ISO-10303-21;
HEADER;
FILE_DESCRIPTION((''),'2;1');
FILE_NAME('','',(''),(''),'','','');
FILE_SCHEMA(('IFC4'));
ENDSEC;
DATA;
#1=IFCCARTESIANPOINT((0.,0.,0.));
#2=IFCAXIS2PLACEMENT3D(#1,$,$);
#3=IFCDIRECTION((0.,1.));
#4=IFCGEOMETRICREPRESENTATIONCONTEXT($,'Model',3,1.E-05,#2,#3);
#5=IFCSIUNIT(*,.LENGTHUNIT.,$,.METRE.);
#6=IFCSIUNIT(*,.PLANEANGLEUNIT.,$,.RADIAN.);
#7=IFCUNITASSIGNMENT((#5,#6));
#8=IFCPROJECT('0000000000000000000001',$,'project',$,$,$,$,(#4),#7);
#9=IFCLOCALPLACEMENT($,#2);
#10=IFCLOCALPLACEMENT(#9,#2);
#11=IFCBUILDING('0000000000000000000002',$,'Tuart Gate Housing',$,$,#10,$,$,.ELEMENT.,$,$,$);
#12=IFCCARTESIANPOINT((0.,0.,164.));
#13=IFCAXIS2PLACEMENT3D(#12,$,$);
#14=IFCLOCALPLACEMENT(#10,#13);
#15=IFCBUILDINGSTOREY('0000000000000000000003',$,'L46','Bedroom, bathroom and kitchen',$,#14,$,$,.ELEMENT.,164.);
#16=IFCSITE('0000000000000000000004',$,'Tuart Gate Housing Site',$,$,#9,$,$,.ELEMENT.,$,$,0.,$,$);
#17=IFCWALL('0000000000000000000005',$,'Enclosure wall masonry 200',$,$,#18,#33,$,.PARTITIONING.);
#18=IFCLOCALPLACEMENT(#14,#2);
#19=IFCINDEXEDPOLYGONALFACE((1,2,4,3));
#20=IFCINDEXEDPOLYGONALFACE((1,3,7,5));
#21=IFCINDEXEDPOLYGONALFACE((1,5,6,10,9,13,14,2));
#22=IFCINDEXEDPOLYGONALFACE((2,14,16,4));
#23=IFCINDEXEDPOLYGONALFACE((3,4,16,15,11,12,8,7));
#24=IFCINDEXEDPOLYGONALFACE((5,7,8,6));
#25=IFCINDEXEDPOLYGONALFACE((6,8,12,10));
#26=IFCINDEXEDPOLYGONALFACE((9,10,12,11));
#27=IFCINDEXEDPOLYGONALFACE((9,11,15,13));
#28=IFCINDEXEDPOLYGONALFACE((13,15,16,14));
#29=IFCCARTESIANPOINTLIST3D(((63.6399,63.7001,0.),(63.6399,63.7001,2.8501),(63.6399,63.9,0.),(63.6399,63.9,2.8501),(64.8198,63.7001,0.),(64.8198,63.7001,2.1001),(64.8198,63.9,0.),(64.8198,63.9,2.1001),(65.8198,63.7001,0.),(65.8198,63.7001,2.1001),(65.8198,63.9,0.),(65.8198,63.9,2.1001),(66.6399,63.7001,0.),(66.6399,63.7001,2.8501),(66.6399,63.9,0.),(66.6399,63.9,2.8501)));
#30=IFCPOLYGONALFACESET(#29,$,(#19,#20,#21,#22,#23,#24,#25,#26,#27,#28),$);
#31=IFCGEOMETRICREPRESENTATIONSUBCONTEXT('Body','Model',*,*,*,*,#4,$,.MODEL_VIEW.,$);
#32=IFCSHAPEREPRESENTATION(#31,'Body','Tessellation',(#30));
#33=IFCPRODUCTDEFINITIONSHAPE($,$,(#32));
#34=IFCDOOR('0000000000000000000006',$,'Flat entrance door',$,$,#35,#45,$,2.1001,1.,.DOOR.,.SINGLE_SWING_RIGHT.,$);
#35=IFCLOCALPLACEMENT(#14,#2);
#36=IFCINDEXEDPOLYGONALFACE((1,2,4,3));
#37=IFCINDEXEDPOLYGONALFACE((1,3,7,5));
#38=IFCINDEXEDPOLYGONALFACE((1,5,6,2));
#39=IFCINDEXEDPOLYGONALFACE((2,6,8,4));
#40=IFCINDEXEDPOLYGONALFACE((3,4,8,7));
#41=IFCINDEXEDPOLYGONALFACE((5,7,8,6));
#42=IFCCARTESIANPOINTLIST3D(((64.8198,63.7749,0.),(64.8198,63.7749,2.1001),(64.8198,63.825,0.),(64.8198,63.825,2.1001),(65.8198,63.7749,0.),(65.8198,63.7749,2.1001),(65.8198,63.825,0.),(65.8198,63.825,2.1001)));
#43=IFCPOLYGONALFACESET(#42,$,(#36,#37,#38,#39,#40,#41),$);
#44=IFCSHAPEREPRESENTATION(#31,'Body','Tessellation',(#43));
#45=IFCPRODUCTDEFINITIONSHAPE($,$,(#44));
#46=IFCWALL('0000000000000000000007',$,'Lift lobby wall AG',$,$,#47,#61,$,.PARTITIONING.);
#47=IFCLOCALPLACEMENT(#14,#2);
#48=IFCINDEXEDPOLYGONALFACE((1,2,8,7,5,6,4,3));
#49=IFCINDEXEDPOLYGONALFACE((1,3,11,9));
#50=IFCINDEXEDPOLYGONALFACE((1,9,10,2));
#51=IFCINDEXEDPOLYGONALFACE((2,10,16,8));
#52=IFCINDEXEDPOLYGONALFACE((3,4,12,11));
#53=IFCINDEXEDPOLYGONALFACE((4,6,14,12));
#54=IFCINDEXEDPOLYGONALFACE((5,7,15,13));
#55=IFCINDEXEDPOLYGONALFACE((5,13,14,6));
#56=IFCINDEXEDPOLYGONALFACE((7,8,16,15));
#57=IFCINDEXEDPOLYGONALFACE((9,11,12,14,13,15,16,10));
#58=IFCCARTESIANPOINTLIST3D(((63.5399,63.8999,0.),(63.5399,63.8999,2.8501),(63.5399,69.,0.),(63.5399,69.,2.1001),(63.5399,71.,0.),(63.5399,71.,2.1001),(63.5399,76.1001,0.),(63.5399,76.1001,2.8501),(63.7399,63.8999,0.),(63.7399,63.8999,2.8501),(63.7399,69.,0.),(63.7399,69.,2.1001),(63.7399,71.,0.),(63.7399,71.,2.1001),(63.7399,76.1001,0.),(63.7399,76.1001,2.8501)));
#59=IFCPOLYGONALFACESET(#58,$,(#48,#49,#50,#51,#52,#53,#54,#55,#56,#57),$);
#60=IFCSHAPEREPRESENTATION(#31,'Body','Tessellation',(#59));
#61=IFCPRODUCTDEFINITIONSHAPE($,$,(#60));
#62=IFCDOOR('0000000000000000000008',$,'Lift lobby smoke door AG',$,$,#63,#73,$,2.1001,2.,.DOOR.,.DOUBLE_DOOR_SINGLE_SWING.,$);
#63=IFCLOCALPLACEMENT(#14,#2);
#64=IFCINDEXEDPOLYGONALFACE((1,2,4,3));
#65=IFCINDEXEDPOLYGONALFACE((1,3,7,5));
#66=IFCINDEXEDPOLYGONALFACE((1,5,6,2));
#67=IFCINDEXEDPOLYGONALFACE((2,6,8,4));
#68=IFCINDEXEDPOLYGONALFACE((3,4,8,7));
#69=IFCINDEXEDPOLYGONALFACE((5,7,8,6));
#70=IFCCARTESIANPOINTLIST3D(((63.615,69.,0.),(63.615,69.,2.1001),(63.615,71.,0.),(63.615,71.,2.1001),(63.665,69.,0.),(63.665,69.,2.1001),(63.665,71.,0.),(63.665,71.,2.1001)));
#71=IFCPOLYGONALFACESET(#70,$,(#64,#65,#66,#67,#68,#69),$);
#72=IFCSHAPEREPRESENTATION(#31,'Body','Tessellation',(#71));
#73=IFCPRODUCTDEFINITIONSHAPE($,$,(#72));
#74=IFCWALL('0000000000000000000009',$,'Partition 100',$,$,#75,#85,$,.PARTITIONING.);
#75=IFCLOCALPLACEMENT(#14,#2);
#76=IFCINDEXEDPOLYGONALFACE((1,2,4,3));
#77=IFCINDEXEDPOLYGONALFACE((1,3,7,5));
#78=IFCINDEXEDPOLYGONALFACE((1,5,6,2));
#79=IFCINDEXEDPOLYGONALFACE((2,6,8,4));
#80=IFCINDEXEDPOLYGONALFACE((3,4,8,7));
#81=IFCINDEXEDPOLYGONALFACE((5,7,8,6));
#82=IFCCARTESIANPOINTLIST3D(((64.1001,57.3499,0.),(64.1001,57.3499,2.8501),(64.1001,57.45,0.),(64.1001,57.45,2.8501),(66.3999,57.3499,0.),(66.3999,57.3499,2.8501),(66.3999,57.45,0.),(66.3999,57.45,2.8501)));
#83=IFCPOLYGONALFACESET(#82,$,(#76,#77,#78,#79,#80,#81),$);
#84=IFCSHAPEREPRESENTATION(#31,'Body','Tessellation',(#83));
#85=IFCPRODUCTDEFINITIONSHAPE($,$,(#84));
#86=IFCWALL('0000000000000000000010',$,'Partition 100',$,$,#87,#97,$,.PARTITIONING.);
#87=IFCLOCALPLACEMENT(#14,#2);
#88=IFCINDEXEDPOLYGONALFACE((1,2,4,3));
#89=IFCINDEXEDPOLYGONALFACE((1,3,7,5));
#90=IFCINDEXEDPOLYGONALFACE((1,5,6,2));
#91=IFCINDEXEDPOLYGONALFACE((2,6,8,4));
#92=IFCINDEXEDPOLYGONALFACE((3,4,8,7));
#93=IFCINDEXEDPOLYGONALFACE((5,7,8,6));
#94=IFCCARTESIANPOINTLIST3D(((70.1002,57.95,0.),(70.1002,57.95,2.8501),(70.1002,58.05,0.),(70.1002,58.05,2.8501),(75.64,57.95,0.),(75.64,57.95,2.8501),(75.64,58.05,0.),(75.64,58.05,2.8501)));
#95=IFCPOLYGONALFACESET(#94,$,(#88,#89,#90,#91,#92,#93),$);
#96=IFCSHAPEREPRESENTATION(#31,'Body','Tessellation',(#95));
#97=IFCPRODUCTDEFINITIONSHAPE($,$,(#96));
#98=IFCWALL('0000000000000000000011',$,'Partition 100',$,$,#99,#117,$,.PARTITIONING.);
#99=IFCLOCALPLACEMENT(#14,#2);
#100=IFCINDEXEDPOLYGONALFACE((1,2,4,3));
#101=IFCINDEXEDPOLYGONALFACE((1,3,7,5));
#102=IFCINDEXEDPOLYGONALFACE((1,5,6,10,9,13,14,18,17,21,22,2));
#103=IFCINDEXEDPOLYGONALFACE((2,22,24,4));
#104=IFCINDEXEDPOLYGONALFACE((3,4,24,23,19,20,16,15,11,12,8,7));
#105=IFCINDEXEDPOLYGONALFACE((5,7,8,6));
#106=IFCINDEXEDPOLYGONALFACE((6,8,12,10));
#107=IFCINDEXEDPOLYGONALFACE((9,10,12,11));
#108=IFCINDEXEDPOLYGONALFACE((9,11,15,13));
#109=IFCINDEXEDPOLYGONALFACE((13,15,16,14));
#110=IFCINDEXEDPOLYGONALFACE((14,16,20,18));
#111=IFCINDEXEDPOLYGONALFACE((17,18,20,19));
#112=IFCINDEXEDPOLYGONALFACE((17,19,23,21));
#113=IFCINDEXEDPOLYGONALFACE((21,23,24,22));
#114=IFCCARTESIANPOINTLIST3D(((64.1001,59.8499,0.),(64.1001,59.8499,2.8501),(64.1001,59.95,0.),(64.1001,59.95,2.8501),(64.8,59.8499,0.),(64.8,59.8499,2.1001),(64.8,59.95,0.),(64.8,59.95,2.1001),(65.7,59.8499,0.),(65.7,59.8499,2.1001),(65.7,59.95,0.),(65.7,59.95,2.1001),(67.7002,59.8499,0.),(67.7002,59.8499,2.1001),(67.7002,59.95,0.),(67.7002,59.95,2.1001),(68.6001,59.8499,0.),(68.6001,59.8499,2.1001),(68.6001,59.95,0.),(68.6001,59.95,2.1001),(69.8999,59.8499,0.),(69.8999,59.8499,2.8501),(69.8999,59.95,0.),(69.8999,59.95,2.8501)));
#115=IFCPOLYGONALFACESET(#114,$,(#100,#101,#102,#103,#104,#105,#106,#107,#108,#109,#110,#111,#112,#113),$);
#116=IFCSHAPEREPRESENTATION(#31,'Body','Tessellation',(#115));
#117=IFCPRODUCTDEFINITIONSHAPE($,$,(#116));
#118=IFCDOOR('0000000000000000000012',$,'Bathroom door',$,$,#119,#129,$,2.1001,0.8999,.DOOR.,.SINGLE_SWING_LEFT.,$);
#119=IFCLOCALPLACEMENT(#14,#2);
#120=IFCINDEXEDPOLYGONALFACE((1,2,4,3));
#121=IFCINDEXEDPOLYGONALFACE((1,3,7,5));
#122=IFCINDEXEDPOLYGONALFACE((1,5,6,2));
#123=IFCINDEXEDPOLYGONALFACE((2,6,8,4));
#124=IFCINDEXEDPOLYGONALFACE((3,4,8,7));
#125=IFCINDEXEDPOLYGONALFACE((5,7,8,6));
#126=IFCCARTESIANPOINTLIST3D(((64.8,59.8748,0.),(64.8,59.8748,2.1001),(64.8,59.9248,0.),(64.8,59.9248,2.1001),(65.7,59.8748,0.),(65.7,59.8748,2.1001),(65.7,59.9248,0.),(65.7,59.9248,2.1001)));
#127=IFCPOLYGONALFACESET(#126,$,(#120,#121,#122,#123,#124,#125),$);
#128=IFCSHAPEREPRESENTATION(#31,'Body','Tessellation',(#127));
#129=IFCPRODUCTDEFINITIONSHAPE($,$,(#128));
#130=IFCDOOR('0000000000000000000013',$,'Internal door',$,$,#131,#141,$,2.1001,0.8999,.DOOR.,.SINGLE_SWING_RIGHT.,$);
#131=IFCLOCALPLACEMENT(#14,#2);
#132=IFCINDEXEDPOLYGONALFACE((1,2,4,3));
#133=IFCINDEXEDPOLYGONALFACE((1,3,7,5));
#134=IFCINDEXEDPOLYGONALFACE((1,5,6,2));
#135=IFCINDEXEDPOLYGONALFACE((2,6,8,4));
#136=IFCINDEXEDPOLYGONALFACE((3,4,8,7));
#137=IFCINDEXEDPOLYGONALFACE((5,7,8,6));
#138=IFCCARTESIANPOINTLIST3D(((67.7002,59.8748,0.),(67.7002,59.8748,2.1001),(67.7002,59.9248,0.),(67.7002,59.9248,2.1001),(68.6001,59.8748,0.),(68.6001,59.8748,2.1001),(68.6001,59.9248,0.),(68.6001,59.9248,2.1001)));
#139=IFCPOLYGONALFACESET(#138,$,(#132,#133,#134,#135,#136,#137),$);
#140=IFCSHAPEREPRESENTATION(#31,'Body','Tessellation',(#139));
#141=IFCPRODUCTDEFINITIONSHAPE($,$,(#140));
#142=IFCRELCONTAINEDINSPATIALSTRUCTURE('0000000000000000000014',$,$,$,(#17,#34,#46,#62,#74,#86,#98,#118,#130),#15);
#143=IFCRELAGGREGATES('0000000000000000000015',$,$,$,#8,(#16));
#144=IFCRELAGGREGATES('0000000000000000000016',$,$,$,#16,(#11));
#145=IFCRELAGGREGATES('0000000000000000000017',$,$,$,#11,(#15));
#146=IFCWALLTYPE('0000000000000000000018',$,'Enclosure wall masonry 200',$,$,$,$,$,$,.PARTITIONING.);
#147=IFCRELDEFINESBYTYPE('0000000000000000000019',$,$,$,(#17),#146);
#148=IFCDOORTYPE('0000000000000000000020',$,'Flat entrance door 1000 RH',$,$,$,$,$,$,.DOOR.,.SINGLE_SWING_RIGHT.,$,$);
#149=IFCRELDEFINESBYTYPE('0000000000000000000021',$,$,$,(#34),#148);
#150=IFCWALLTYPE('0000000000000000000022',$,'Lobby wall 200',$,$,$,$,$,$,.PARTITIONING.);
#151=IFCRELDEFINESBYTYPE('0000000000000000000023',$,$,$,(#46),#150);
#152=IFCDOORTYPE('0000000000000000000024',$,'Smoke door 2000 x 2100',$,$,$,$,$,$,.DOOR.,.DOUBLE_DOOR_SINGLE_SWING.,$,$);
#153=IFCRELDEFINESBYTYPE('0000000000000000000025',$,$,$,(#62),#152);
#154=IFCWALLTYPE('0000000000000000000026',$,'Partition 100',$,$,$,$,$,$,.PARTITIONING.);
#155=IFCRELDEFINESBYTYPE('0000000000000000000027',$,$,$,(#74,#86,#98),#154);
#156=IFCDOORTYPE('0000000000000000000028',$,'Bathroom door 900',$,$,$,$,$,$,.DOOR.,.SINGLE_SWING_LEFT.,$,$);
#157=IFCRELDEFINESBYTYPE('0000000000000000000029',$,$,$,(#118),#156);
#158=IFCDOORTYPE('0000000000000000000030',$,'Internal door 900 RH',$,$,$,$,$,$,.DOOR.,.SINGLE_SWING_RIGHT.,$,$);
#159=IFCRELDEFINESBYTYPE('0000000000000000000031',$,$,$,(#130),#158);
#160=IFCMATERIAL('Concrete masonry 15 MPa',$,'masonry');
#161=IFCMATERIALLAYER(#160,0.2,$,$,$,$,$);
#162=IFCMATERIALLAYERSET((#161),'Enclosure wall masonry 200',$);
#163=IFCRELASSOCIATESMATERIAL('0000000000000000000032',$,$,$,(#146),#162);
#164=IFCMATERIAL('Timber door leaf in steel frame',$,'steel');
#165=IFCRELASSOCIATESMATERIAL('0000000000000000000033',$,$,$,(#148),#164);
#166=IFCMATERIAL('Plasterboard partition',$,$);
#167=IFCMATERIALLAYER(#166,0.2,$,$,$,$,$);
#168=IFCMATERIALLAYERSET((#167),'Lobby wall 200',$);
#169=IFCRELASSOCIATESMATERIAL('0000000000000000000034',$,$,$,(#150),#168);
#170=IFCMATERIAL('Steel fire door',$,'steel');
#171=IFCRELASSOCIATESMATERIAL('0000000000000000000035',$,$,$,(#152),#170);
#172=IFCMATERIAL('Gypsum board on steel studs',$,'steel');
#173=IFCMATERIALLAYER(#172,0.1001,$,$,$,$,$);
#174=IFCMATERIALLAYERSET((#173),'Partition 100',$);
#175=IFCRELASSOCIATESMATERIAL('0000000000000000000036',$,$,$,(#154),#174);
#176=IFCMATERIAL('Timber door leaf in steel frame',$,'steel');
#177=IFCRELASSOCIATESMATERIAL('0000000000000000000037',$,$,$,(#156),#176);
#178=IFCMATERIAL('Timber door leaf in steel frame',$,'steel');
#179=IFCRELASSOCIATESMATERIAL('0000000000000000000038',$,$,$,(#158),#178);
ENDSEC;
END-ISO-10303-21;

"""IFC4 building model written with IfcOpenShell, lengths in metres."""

from ifc_helpers import new_model, si_unit, direction, frame, frame_2d, origin, place, context, subcontext, project, spatial, rectangle, extrude, material, layer, layer_set, type_object, element, fill, save


model = new_model("IFC4")

# Units and contexts
model_context = context("Model", 3, precision=1e-05, world=origin(), true_north=direction((0.0, 1.0)))
body_context = subcontext(model_context, "Body", "Model", "MODEL_VIEW")
ifc_project = project(units=[si_unit("LENGTHUNIT", "METRE"), si_unit("PLANEANGLEUNIT", "RADIAN")], contexts=[model_context])

# Site, building, storey
site_placement = place(None, origin())
site = spatial("IfcSite", under=ifc_project, at=site_placement, Name="Tuart Gate Housing Site", CompositionType="ELEMENT", RefElevation=0.0)
building_placement = place(site_placement, origin())
building = spatial("IfcBuilding", under=site, at=building_placement, Name="Tuart Gate Housing", CompositionType="ELEMENT")
storey_placement = place(building_placement, frame((0.0, 0.0, 164.0)))
storey = spatial("IfcBuildingStorey", under=building, at=storey_placement, Name="L46", Description="Bedroom, bathroom and kitchen", CompositionType="ELEMENT", Elevation=164.0)

# Walls, openings, doors
ifc_material_1 = material(Name="Concrete masonry 15 MPa", Category="masonry")
ifc_layer_1 = layer(ifc_material_1, 0.2)
ifc_layer_set_1 = layer_set([ifc_layer_1], Name="Enclosure wall masonry 200")
wall_type_1 = type_object("IfcWallType", Name="Enclosure wall masonry 200", PredefinedType="PARTITIONING", material=ifc_layer_set_1)
wall_1_placement = place(storey_placement, frame((63.6399, 63.8, 0.0), z_axis=(0.0, 0.0, 1.0), x_axis=(1.0, 0.0, 0.0)))
wall_1 = element("IfcWall", 1, at=wall_1_placement, inside=storey, type_object=wall_type_1, Name="Enclosure wall masonry 200", PredefinedType="PARTITIONING", context=body_context, shape_type="SweptSolid", body=[
    extrude(rectangle(XDim=3.0, YDim=0.2, at=frame_2d((1.5, 0.0))), origin(), (0.0, 0.0, 1.0), 2.8501),
])
opening_1_placement = place(wall_1_placement, frame((1.1799, 0.0, 0.0)))
opening_1 = element("IfcOpeningElement", 2, at=opening_1_placement, cuts=wall_1, PredefinedType="OPENING", context=body_context, shape_type="SweptSolid", body=[
    extrude(rectangle(XDim=1.0, YDim=2.1001, at=frame_2d((0.5, 1.05))), frame((0.0, 0.1099, 0.0), z_axis=(0.0, -1.0, 0.0), x_axis=(1.0, 0.0, 0.0)), (0.0, 0.0, 1.0), 0.22),
])
ifc_material_2 = material(Name="Timber door leaf in steel frame", Category="steel")
door_type_1 = type_object("IfcDoorType", Name="Flat entrance door 1000 RH", OperationType="SINGLE_SWING_RIGHT", PredefinedType="DOOR", material=ifc_material_2)
door_1_placement = place(opening_1_placement, frame((1.0, 0.0, 0.0), z_axis=(0.0, 0.0, 1.0), x_axis=(-1.0, 0.0, 0.0)))
door_1 = element("IfcDoor", 3, at=door_1_placement, inside=storey, type_object=door_type_1, Name="Flat entrance door", OperationType="SINGLE_SWING_RIGHT", OverallHeight=2.1001, OverallWidth=1.0, PredefinedType="DOOR", context=body_context, shape_type="SweptSolid", body=[
    extrude(rectangle(XDim=1.0, YDim=2.1001, at=frame_2d((0.5, 1.05))), frame((0.0, 0.0251, 0.0), z_axis=(0.0, -1.0, 0.0), x_axis=(1.0, 0.0, 0.0)), (0.0, 0.0, 1.0), 0.05),
])
fill(opening_1, door_1)
ifc_material_3 = material(Name="Plasterboard partition")
ifc_layer_2 = layer(ifc_material_3, 0.2)
ifc_layer_set_2 = layer_set([ifc_layer_2], Name="Lobby wall 200")
wall_type_2 = type_object("IfcWallType", Name="Lobby wall 200", PredefinedType="PARTITIONING", material=ifc_layer_set_2)
wall_2_placement = place(storey_placement, frame((63.6399, 63.8999, 0.0), z_axis=(0.0, 0.0, 1.0), x_axis=(0.0, 1.0, 0.0)))
wall_2 = element("IfcWall", 4, at=wall_2_placement, inside=storey, type_object=wall_type_2, Name="Lift lobby wall AG", PredefinedType="PARTITIONING", context=body_context, shape_type="SweptSolid", body=[
    extrude(rectangle(XDim=12.2002, YDim=0.2, at=frame_2d((6.1001, 0.0))), origin(), (0.0, 0.0, 1.0), 2.8501),
])
opening_2_placement = place(wall_2_placement, frame((5.1001, 0.0, 0.0)))
opening_2 = element("IfcOpeningElement", 5, at=opening_2_placement, cuts=wall_2, PredefinedType="OPENING", context=body_context, shape_type="SweptSolid", body=[
    extrude(rectangle(XDim=2.0, YDim=2.1001, at=frame_2d((1.0, 1.05))), frame((0.0, 0.1099, 0.0), z_axis=(0.0, -1.0, 0.0), x_axis=(1.0, 0.0, 0.0)), (0.0, 0.0, 1.0), 0.22),
])
ifc_material_4 = material(Name="Steel fire door", Category="steel")
door_type_2 = type_object("IfcDoorType", Name="Smoke door 2000 x 2100", OperationType="DOUBLE_DOOR_SINGLE_SWING", PredefinedType="DOOR", material=ifc_material_4)
door_2_placement = place(opening_2_placement, frame((2.0, 0.0, 0.0), z_axis=(0.0, 0.0, 1.0), x_axis=(-1.0, 0.0, 0.0)))
door_2 = element("IfcDoor", 6, at=door_2_placement, inside=storey, type_object=door_type_2, Name="Lift lobby smoke door AG", OperationType="DOUBLE_DOOR_SINGLE_SWING", OverallHeight=2.1001, OverallWidth=2.0, PredefinedType="DOOR", context=body_context, shape_type="SweptSolid", body=[
    extrude(rectangle(XDim=2.0, YDim=2.1001, at=frame_2d((1.0, 1.05))), frame((0.0, 0.0251, 0.0), z_axis=(0.0, -1.0, 0.0), x_axis=(1.0, 0.0, 0.0)), (0.0, 0.0, 1.0), 0.05),
])
fill(opening_2, door_2)

# Walls
ifc_material_5 = material(Name="Gypsum board on steel studs", Category="steel")
ifc_layer_3 = layer(ifc_material_5, 0.1001)
ifc_layer_set_3 = layer_set([ifc_layer_3], Name="Partition 100")
wall_type_3 = type_object("IfcWallType", Name="Partition 100", PredefinedType="PARTITIONING", material=ifc_layer_set_3)
wall_3_placement = place(storey_placement, frame((64.1001, 57.3999, 0.0), z_axis=(0.0, 0.0, 1.0), x_axis=(1.0, 0.0, 0.0)))
element("IfcWall", 7, at=wall_3_placement, inside=storey, type_object=wall_type_3, Name="Partition 100", PredefinedType="PARTITIONING", context=body_context, shape_type="SweptSolid", body=[
    extrude(rectangle(XDim=2.2998, YDim=0.1001, at=frame_2d((1.1499, 0.0))), origin(), (0.0, 0.0, 1.0), 2.8501),
])
wall_4_placement = place(storey_placement, frame((70.1001, 58.0, 0.0), z_axis=(0.0, 0.0, 1.0), x_axis=(1.0, 0.0, 0.0)))
element("IfcWall", 8, at=wall_4_placement, inside=storey, type_object=wall_type_3, Name="Partition 100", PredefinedType="PARTITIONING", context=body_context, shape_type="SweptSolid", body=[
    extrude(rectangle(XDim=5.5398, YDim=0.1001, at=frame_2d((2.77, 0.0))), origin(), (0.0, 0.0, 1.0), 2.8501),
])

# Wall, openings, doors
wall_5_placement = place(storey_placement, frame((64.1001, 59.8999, 0.0), z_axis=(0.0, 0.0, 1.0), x_axis=(1.0, 0.0, 0.0)))
wall_5 = element("IfcWall", 9, at=wall_5_placement, inside=storey, type_object=wall_type_3, Name="Partition 100", PredefinedType="PARTITIONING", context=body_context, shape_type="SweptSolid", body=[
    extrude(rectangle(XDim=5.7998, YDim=0.1001, at=frame_2d((2.8999, 0.0))), origin(), (0.0, 0.0, 1.0), 2.8501),
])
opening_3_placement = place(wall_5_placement, frame((3.6001, 0.0, 0.0)))
opening_3 = element("IfcOpeningElement", 10, at=opening_3_placement, cuts=wall_5, PredefinedType="OPENING", context=body_context, shape_type="SweptSolid", body=[
    extrude(rectangle(XDim=0.8999, YDim=2.1001, at=frame_2d((0.45, 1.05))), frame((0.0, 0.0601, 0.0), z_axis=(0.0, -1.0, 0.0), x_axis=(1.0, 0.0, 0.0)), (0.0, 0.0, 1.0), 0.1201),
])
opening_4_placement = place(wall_5_placement, frame((0.7, 0.0, 0.0)))
opening_4 = element("IfcOpeningElement", 11, at=opening_4_placement, cuts=wall_5, PredefinedType="OPENING", context=body_context, shape_type="SweptSolid", body=[
    extrude(rectangle(XDim=0.8999, YDim=2.1001, at=frame_2d((0.45, 1.05))), frame((0.0, 0.0601, 0.0), z_axis=(0.0, -1.0, 0.0), x_axis=(1.0, 0.0, 0.0)), (0.0, 0.0, 1.0), 0.1201),
])
ifc_material_6 = material(Name="Timber door leaf in steel frame", Category="steel")
door_type_3 = type_object("IfcDoorType", Name="Bathroom door 900", OperationType="SINGLE_SWING_LEFT", PredefinedType="DOOR", material=ifc_material_6)
door_3_placement = place(opening_4_placement, frame((0.8999, 0.0, 0.0), z_axis=(0.0, 0.0, 1.0), x_axis=(-1.0, 0.0, 0.0)))
door_3 = element("IfcDoor", 12, at=door_3_placement, inside=storey, type_object=door_type_3, Name="Bathroom door", OperationType="SINGLE_SWING_LEFT", OverallHeight=2.1001, OverallWidth=0.8999, PredefinedType="DOOR", context=body_context, shape_type="SweptSolid", body=[
    extrude(rectangle(XDim=0.8999, YDim=2.1001, at=frame_2d((0.45, 1.05))), frame((0.0, 0.0251, 0.0), z_axis=(0.0, -1.0, 0.0), x_axis=(1.0, 0.0, 0.0)), (0.0, 0.0, 1.0), 0.05),
])
fill(opening_4, door_3)
ifc_material_7 = material(Name="Timber door leaf in steel frame", Category="steel")
door_type_4 = type_object("IfcDoorType", Name="Internal door 900 RH", OperationType="SINGLE_SWING_RIGHT", PredefinedType="DOOR", material=ifc_material_7)
door_4_placement = place(opening_3_placement, origin())
door_4 = element("IfcDoor", 13, at=door_4_placement, inside=storey, type_object=door_type_4, Name="Internal door", OperationType="SINGLE_SWING_RIGHT", OverallHeight=2.1001, OverallWidth=0.8999, PredefinedType="DOOR", context=body_context, shape_type="SweptSolid", body=[
    extrude(rectangle(XDim=0.8999, YDim=2.1001, at=frame_2d((0.45, 1.05))), frame((0.0, 0.0249, 0.0), z_axis=(0.0, -1.0, 0.0), x_axis=(1.0, 0.0, 0.0)), (0.0, 0.0, 1.0), 0.05),
])
fill(opening_3, door_4)

save(model, "model.ifc")
